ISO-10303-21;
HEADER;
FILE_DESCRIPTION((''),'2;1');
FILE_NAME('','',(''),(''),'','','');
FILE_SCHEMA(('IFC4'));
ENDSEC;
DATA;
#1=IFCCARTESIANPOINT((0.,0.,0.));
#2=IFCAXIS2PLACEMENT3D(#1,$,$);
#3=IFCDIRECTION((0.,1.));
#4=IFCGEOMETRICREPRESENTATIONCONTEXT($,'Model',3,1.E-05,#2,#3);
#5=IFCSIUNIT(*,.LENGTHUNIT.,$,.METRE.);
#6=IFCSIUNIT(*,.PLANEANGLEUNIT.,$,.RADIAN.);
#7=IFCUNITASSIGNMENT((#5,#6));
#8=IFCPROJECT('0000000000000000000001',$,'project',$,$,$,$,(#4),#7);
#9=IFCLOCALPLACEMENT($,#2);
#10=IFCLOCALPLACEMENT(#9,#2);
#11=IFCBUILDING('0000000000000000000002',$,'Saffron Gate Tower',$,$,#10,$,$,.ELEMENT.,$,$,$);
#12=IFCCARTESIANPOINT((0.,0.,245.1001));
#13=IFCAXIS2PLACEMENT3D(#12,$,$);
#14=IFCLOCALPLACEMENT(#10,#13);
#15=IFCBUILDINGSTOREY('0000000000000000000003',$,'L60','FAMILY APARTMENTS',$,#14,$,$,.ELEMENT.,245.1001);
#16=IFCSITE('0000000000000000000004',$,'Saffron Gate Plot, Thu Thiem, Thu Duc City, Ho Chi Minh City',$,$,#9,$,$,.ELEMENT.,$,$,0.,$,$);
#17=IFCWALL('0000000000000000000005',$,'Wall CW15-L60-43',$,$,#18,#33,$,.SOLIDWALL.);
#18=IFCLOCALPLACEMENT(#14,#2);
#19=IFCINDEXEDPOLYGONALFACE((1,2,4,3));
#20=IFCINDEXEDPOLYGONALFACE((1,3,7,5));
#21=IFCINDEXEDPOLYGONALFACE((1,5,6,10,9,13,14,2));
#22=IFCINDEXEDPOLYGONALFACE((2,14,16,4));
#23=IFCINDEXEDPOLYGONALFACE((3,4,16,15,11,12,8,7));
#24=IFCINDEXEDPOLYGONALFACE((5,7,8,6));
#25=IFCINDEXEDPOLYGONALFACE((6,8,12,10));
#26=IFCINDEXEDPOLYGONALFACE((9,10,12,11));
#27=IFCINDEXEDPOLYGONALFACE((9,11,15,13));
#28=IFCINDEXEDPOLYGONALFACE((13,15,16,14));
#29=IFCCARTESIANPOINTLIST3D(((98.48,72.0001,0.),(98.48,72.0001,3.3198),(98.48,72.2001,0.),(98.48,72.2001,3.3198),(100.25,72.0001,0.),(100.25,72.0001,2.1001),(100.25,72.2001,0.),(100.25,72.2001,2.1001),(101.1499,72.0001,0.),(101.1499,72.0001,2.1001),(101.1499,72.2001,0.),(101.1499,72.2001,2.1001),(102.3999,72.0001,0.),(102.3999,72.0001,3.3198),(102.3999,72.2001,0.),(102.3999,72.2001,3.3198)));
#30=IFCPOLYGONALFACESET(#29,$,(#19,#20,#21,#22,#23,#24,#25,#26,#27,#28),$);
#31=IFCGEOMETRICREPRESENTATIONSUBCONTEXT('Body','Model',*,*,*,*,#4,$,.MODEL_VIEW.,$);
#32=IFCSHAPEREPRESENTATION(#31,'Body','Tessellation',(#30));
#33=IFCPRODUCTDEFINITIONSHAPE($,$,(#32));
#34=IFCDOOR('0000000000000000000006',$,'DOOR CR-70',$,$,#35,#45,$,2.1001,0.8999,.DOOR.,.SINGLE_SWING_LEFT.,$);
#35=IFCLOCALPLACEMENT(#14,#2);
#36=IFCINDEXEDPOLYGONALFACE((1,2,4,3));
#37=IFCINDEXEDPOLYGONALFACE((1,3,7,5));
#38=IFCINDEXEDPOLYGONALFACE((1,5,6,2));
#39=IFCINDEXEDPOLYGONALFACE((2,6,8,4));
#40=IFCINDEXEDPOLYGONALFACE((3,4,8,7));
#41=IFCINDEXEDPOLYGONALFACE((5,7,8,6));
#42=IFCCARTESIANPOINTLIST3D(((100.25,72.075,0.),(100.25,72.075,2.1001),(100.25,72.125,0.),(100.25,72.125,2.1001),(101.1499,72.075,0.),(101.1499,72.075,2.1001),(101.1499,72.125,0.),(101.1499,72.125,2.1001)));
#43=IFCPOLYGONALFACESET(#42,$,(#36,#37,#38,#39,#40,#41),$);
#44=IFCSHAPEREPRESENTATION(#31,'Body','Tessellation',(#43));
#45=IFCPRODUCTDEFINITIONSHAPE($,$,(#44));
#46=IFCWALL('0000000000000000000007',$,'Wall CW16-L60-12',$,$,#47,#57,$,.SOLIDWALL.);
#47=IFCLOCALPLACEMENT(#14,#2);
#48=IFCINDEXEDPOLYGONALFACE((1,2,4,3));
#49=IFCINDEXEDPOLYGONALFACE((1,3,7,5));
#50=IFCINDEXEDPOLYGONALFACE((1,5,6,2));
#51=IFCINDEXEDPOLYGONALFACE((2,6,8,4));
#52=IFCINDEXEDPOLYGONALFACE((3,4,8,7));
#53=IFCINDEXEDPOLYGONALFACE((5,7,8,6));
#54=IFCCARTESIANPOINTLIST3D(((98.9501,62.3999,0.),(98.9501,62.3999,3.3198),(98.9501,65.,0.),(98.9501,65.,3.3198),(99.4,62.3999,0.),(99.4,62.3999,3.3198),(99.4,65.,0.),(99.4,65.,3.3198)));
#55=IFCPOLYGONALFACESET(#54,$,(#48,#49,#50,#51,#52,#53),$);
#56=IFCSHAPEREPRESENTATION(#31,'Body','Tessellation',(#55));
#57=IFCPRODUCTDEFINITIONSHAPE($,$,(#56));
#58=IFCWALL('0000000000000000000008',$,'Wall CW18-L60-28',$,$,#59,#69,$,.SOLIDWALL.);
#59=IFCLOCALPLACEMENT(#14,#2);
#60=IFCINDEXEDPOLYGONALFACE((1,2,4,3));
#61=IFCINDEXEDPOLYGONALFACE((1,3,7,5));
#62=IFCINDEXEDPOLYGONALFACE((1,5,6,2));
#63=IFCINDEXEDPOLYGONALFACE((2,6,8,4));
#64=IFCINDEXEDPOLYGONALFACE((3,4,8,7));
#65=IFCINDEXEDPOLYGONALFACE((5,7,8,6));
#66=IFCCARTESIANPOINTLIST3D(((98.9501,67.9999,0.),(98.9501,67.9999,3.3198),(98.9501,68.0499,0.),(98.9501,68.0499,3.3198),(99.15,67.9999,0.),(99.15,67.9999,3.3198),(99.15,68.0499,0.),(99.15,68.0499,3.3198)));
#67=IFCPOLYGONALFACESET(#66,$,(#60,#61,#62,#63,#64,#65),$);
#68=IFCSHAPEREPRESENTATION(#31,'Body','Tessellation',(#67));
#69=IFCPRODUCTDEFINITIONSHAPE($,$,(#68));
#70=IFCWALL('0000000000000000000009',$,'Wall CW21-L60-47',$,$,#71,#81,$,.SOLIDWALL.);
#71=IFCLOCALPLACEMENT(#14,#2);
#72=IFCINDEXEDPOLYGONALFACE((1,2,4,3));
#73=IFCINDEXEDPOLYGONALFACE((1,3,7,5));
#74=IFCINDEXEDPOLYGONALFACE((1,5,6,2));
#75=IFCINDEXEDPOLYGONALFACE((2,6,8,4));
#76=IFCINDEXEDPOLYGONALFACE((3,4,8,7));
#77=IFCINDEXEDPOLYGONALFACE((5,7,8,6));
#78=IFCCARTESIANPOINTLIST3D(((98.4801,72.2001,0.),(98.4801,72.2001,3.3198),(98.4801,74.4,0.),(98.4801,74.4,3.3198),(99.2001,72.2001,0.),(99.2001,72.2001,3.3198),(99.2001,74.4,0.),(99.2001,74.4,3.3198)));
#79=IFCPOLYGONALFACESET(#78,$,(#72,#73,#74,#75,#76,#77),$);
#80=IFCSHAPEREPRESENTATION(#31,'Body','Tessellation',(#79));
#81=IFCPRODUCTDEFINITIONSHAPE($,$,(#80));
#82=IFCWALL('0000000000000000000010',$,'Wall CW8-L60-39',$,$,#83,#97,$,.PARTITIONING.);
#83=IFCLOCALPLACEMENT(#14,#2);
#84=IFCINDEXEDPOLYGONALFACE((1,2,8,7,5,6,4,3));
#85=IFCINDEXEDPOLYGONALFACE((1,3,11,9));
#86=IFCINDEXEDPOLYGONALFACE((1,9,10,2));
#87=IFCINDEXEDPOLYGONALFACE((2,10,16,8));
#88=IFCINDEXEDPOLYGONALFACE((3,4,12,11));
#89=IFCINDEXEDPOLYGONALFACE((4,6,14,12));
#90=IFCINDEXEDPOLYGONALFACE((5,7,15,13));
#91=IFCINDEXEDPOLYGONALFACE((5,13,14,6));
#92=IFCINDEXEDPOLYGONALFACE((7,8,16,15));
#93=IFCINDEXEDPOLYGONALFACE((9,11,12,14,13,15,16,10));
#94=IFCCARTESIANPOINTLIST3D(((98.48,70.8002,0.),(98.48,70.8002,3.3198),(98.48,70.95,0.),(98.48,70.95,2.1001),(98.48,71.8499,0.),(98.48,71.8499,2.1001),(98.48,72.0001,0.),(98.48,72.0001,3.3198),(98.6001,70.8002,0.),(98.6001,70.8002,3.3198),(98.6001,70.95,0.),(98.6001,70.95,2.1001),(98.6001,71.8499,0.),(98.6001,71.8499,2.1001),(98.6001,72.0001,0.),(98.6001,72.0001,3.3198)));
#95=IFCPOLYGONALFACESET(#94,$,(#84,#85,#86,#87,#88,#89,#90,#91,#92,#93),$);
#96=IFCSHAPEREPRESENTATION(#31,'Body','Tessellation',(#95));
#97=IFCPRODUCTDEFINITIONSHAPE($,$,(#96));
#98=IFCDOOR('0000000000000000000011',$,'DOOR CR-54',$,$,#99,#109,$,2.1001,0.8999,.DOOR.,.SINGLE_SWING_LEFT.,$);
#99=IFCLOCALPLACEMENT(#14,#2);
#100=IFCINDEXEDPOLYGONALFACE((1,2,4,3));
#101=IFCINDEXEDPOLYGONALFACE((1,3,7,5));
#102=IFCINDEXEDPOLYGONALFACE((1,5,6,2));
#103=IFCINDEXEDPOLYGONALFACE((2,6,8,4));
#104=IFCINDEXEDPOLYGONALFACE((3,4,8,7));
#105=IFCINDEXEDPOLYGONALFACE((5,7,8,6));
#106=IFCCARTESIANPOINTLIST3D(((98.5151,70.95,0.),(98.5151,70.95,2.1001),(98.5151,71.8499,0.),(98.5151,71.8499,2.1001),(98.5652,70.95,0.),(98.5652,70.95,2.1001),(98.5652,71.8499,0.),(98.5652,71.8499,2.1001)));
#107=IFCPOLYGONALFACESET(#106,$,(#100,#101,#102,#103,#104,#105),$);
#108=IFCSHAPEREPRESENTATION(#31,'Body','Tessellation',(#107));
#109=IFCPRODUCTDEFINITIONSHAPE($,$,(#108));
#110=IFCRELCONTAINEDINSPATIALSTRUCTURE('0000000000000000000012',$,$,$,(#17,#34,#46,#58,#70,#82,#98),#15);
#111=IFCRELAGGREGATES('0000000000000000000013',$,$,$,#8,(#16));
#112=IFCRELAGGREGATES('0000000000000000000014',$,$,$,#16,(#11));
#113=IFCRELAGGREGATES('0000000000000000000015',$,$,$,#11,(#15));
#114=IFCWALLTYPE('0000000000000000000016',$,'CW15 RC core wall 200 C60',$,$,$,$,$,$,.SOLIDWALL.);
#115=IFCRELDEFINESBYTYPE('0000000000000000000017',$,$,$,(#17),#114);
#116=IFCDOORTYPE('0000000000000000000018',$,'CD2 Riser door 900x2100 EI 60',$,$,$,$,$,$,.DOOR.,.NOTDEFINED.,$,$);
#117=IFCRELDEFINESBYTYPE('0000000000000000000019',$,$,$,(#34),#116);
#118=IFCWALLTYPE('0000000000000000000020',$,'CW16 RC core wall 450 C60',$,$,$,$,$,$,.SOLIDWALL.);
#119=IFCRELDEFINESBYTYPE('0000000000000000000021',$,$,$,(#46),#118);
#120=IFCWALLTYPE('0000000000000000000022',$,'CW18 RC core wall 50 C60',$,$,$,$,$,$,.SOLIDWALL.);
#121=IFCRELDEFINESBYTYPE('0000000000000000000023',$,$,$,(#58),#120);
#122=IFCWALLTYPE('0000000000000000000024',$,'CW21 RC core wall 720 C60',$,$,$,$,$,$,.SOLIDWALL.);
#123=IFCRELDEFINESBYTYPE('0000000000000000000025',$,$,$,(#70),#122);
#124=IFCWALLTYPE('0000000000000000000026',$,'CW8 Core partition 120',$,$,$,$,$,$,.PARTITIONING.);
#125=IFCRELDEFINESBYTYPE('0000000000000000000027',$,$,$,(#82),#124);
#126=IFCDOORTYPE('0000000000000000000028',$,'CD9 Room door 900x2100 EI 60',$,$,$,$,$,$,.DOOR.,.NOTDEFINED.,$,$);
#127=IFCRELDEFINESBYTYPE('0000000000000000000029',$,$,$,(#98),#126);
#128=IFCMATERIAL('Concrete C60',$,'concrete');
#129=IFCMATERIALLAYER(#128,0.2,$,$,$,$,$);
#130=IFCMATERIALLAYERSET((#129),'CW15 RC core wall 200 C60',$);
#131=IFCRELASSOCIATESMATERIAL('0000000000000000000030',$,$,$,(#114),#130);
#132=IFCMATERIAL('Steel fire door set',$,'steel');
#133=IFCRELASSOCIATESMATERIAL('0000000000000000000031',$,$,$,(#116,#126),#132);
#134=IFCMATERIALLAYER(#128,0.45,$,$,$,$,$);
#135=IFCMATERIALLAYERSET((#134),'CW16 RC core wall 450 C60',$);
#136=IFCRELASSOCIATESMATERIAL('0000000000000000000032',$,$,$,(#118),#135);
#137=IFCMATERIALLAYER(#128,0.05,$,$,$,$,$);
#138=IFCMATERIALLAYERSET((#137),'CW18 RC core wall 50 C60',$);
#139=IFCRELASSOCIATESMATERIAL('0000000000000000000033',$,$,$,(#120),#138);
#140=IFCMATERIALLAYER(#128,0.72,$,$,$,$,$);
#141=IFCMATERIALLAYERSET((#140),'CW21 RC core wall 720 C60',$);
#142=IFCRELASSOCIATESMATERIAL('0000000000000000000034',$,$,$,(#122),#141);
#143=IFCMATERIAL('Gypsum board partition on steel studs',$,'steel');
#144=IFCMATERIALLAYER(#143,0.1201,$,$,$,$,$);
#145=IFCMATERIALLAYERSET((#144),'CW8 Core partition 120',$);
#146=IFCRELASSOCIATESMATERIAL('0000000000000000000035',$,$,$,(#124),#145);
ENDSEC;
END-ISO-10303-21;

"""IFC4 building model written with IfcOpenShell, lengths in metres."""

from ifc_helpers import new_model, si_unit, direction, frame, frame_2d, origin, place, context, subcontext, project, spatial, rectangle, extrude, material, layer, layer_set, type_object, element, fill, save


model = new_model("IFC4")

# Units and contexts
model_context = context("Model", 3, precision=1e-05, world=origin(), true_north=direction((0.0, 1.0)))
body_context = subcontext(model_context, "Body", "Model", "MODEL_VIEW")
ifc_project = project(units=[si_unit("LENGTHUNIT", "METRE"), si_unit("PLANEANGLEUNIT", "RADIAN")], contexts=[model_context])

# Site, building, storey
site_placement = place(None, origin())
site = spatial("IfcSite", under=ifc_project, at=site_placement, Name="Saffron Gate Plot, Thu Thiem, Thu Duc City, Ho Chi Minh City", CompositionType="ELEMENT", RefElevation=0.0)
building_placement = place(site_placement, origin())
building = spatial("IfcBuilding", under=site, at=building_placement, Name="Saffron Gate Tower", CompositionType="ELEMENT")
storey_placement = place(building_placement, frame((0.0, 0.0, 245.1001)))
storey = spatial("IfcBuildingStorey", under=building, at=storey_placement, Name="L60", Description="FAMILY APARTMENTS", CompositionType="ELEMENT", Elevation=245.1001)

# Shared definitions
ifc_material_1 = material(Name="Concrete C60", Category="concrete")

# Shared definitions
ifc_material_2 = material(Name="Steel fire door set", Category="steel")

# Shared definitions
ifc_layer_1 = layer(ifc_material_1, 0.2)
ifc_layer_set_1 = layer_set([ifc_layer_1], Name="CW15 RC core wall 200 C60")
wall_type_1 = type_object("IfcWallType", Name="CW15 RC core wall 200 C60", PredefinedType="SOLIDWALL", material=ifc_layer_set_1)

# Wall, opening, door
wall_1_placement = place(storey_placement, frame((98.48, 72.1001, 0.0), z_axis=(0.0, 0.0, 1.0), x_axis=(1.0, 0.0, 0.0)))
wall_1 = element("IfcWall", 1, at=wall_1_placement, inside=storey, type_object=wall_type_1, Name="Wall CW15-L60-43", PredefinedType="SOLIDWALL", context=body_context, shape_type="SweptSolid", body=[
    extrude(rectangle(XDim=3.9199, YDim=0.2, at=frame_2d((1.96, 0.0))), origin(), (0.0, 0.0, 1.0), 3.3198),
])
opening_1_placement = place(wall_1_placement, frame((1.77, 0.0, 0.0)))
opening_1 = element("IfcOpeningElement", 2, at=opening_1_placement, cuts=wall_1, PredefinedType="OPENING", context=body_context, shape_type="SweptSolid", body=[
    extrude(rectangle(XDim=0.8999, YDim=2.1001, at=frame_2d((0.45, 1.05))), frame((0.0, 0.1099, 0.0), z_axis=(0.0, -1.0, 0.0), x_axis=(1.0, 0.0, 0.0)), (0.0, 0.0, 1.0), 0.22),
])
door_type_1 = type_object("IfcDoorType", Name="CD2 Riser door 900x2100 EI 60", OperationType="NOTDEFINED", PredefinedType="DOOR", material=ifc_material_2)
door_1_placement = place(opening_1_placement, origin())
door_1 = element("IfcDoor", 3, at=door_1_placement, inside=storey, type_object=door_type_1, Name="DOOR CR-70", OperationType="SINGLE_SWING_LEFT", OverallHeight=2.1001, OverallWidth=0.8999, PredefinedType="DOOR", context=body_context, shape_type="SweptSolid", body=[
    extrude(rectangle(XDim=0.8999, YDim=2.1001, at=frame_2d((0.45, 1.05))), frame((0.0, 0.0249, 0.0), z_axis=(0.0, -1.0, 0.0), x_axis=(1.0, 0.0, 0.0)), (0.0, 0.0, 1.0), 0.05),
])
fill(opening_1, door_1)

# Walls
ifc_layer_2 = layer(ifc_material_1, 0.45)
ifc_layer_set_2 = layer_set([ifc_layer_2], Name="CW16 RC core wall 450 C60")
wall_type_2 = type_object("IfcWallType", Name="CW16 RC core wall 450 C60", PredefinedType="SOLIDWALL", material=ifc_layer_set_2)
wall_2_placement = place(storey_placement, frame((99.175, 62.3999, 0.0), z_axis=(0.0, 0.0, 1.0), x_axis=(0.0, 1.0, 0.0)))
element("IfcWall", 4, at=wall_2_placement, inside=storey, type_object=wall_type_2, Name="Wall CW16-L60-12", PredefinedType="SOLIDWALL", context=body_context, shape_type="SweptSolid", body=[
    extrude(rectangle(XDim=2.6001, YDim=0.45, at=frame_2d((1.3, 0.0))), origin(), (0.0, 0.0, 1.0), 3.3198),
])
ifc_layer_3 = layer(ifc_material_1, 0.05)
ifc_layer_set_3 = layer_set([ifc_layer_3], Name="CW18 RC core wall 50 C60")
wall_type_3 = type_object("IfcWallType", Name="CW18 RC core wall 50 C60", PredefinedType="SOLIDWALL", material=ifc_layer_set_3)
wall_3_placement = place(storey_placement, frame((98.95, 68.0249, 0.0), z_axis=(0.0, 0.0, 1.0), x_axis=(1.0, 0.0, 0.0)))
element("IfcWall", 5, at=wall_3_placement, inside=storey, type_object=wall_type_3, Name="Wall CW18-L60-28", PredefinedType="SOLIDWALL", context=body_context, shape_type="SweptSolid", body=[
    extrude(rectangle(XDim=0.2, YDim=0.05, at=frame_2d((0.1001, 0.0))), origin(), (0.0, 0.0, 1.0), 3.3198),
])
ifc_layer_4 = layer(ifc_material_1, 0.72)
ifc_layer_set_4 = layer_set([ifc_layer_4], Name="CW21 RC core wall 720 C60")
wall_type_4 = type_object("IfcWallType", Name="CW21 RC core wall 720 C60", PredefinedType="SOLIDWALL", material=ifc_layer_set_4)
wall_4_placement = place(storey_placement, frame((98.8401, 72.2, 0.0), z_axis=(0.0, 0.0, 1.0), x_axis=(0.0, 1.0, 0.0)))
element("IfcWall", 6, at=wall_4_placement, inside=storey, type_object=wall_type_4, Name="Wall CW21-L60-47", PredefinedType="SOLIDWALL", context=body_context, shape_type="SweptSolid", body=[
    extrude(rectangle(XDim=2.2, YDim=0.72, at=frame_2d((1.1001, 0.0))), origin(), (0.0, 0.0, 1.0), 3.3198),
])

# Wall, opening, door
ifc_material_3 = material(Name="Gypsum board partition on steel studs", Category="steel")
ifc_layer_5 = layer(ifc_material_3, 0.1201)
ifc_layer_set_5 = layer_set([ifc_layer_5], Name="CW8 Core partition 120")
wall_type_5 = type_object("IfcWallType", Name="CW8 Core partition 120", PredefinedType="PARTITIONING", material=ifc_layer_set_5)
wall_5_placement = place(storey_placement, frame((98.54, 70.8, 0.0), z_axis=(0.0, 0.0, 1.0), x_axis=(0.0, 1.0, 0.0)))
wall_5 = element("IfcWall", 7, at=wall_5_placement, inside=storey, type_object=wall_type_5, Name="Wall CW8-L60-39", PredefinedType="PARTITIONING", context=body_context, shape_type="SweptSolid", body=[
    extrude(rectangle(XDim=1.2, YDim=0.1201, at=frame_2d((0.6001, 0.0))), origin(), (0.0, 0.0, 1.0), 3.3198),
])
opening_2_placement = place(wall_5_placement, frame((0.1499, 0.0, 0.0)))
opening_2 = element("IfcOpeningElement", 8, at=opening_2_placement, cuts=wall_5, PredefinedType="OPENING", context=body_context, shape_type="SweptSolid", body=[
    extrude(rectangle(XDim=0.8999, YDim=2.1001, at=frame_2d((0.45, 1.05))), frame((0.0, 0.0701, 0.0), z_axis=(0.0, -1.0, 0.0), x_axis=(1.0, 0.0, 0.0)), (0.0, 0.0, 1.0), 0.1401),
])
door_type_2 = type_object("IfcDoorType", Name="CD9 Room door 900x2100 EI 60", OperationType="NOTDEFINED", PredefinedType="DOOR", material=ifc_material_2)
door_2_placement = place(opening_2_placement, origin())
door_2 = element("IfcDoor", 9, at=door_2_placement, inside=storey, type_object=door_type_2, Name="DOOR CR-54", OperationType="SINGLE_SWING_LEFT", OverallHeight=2.1001, OverallWidth=0.8999, PredefinedType="DOOR", context=body_context, shape_type="SweptSolid", body=[
    extrude(rectangle(XDim=0.8999, YDim=2.1001, at=frame_2d((0.45, 1.05))), frame((0.0, 0.0249, 0.0), z_axis=(0.0, -1.0, 0.0), x_axis=(1.0, 0.0, 0.0)), (0.0, 0.0, 1.0), 0.05),
])
fill(opening_2, door_2)

save(model, "model.ifc")
